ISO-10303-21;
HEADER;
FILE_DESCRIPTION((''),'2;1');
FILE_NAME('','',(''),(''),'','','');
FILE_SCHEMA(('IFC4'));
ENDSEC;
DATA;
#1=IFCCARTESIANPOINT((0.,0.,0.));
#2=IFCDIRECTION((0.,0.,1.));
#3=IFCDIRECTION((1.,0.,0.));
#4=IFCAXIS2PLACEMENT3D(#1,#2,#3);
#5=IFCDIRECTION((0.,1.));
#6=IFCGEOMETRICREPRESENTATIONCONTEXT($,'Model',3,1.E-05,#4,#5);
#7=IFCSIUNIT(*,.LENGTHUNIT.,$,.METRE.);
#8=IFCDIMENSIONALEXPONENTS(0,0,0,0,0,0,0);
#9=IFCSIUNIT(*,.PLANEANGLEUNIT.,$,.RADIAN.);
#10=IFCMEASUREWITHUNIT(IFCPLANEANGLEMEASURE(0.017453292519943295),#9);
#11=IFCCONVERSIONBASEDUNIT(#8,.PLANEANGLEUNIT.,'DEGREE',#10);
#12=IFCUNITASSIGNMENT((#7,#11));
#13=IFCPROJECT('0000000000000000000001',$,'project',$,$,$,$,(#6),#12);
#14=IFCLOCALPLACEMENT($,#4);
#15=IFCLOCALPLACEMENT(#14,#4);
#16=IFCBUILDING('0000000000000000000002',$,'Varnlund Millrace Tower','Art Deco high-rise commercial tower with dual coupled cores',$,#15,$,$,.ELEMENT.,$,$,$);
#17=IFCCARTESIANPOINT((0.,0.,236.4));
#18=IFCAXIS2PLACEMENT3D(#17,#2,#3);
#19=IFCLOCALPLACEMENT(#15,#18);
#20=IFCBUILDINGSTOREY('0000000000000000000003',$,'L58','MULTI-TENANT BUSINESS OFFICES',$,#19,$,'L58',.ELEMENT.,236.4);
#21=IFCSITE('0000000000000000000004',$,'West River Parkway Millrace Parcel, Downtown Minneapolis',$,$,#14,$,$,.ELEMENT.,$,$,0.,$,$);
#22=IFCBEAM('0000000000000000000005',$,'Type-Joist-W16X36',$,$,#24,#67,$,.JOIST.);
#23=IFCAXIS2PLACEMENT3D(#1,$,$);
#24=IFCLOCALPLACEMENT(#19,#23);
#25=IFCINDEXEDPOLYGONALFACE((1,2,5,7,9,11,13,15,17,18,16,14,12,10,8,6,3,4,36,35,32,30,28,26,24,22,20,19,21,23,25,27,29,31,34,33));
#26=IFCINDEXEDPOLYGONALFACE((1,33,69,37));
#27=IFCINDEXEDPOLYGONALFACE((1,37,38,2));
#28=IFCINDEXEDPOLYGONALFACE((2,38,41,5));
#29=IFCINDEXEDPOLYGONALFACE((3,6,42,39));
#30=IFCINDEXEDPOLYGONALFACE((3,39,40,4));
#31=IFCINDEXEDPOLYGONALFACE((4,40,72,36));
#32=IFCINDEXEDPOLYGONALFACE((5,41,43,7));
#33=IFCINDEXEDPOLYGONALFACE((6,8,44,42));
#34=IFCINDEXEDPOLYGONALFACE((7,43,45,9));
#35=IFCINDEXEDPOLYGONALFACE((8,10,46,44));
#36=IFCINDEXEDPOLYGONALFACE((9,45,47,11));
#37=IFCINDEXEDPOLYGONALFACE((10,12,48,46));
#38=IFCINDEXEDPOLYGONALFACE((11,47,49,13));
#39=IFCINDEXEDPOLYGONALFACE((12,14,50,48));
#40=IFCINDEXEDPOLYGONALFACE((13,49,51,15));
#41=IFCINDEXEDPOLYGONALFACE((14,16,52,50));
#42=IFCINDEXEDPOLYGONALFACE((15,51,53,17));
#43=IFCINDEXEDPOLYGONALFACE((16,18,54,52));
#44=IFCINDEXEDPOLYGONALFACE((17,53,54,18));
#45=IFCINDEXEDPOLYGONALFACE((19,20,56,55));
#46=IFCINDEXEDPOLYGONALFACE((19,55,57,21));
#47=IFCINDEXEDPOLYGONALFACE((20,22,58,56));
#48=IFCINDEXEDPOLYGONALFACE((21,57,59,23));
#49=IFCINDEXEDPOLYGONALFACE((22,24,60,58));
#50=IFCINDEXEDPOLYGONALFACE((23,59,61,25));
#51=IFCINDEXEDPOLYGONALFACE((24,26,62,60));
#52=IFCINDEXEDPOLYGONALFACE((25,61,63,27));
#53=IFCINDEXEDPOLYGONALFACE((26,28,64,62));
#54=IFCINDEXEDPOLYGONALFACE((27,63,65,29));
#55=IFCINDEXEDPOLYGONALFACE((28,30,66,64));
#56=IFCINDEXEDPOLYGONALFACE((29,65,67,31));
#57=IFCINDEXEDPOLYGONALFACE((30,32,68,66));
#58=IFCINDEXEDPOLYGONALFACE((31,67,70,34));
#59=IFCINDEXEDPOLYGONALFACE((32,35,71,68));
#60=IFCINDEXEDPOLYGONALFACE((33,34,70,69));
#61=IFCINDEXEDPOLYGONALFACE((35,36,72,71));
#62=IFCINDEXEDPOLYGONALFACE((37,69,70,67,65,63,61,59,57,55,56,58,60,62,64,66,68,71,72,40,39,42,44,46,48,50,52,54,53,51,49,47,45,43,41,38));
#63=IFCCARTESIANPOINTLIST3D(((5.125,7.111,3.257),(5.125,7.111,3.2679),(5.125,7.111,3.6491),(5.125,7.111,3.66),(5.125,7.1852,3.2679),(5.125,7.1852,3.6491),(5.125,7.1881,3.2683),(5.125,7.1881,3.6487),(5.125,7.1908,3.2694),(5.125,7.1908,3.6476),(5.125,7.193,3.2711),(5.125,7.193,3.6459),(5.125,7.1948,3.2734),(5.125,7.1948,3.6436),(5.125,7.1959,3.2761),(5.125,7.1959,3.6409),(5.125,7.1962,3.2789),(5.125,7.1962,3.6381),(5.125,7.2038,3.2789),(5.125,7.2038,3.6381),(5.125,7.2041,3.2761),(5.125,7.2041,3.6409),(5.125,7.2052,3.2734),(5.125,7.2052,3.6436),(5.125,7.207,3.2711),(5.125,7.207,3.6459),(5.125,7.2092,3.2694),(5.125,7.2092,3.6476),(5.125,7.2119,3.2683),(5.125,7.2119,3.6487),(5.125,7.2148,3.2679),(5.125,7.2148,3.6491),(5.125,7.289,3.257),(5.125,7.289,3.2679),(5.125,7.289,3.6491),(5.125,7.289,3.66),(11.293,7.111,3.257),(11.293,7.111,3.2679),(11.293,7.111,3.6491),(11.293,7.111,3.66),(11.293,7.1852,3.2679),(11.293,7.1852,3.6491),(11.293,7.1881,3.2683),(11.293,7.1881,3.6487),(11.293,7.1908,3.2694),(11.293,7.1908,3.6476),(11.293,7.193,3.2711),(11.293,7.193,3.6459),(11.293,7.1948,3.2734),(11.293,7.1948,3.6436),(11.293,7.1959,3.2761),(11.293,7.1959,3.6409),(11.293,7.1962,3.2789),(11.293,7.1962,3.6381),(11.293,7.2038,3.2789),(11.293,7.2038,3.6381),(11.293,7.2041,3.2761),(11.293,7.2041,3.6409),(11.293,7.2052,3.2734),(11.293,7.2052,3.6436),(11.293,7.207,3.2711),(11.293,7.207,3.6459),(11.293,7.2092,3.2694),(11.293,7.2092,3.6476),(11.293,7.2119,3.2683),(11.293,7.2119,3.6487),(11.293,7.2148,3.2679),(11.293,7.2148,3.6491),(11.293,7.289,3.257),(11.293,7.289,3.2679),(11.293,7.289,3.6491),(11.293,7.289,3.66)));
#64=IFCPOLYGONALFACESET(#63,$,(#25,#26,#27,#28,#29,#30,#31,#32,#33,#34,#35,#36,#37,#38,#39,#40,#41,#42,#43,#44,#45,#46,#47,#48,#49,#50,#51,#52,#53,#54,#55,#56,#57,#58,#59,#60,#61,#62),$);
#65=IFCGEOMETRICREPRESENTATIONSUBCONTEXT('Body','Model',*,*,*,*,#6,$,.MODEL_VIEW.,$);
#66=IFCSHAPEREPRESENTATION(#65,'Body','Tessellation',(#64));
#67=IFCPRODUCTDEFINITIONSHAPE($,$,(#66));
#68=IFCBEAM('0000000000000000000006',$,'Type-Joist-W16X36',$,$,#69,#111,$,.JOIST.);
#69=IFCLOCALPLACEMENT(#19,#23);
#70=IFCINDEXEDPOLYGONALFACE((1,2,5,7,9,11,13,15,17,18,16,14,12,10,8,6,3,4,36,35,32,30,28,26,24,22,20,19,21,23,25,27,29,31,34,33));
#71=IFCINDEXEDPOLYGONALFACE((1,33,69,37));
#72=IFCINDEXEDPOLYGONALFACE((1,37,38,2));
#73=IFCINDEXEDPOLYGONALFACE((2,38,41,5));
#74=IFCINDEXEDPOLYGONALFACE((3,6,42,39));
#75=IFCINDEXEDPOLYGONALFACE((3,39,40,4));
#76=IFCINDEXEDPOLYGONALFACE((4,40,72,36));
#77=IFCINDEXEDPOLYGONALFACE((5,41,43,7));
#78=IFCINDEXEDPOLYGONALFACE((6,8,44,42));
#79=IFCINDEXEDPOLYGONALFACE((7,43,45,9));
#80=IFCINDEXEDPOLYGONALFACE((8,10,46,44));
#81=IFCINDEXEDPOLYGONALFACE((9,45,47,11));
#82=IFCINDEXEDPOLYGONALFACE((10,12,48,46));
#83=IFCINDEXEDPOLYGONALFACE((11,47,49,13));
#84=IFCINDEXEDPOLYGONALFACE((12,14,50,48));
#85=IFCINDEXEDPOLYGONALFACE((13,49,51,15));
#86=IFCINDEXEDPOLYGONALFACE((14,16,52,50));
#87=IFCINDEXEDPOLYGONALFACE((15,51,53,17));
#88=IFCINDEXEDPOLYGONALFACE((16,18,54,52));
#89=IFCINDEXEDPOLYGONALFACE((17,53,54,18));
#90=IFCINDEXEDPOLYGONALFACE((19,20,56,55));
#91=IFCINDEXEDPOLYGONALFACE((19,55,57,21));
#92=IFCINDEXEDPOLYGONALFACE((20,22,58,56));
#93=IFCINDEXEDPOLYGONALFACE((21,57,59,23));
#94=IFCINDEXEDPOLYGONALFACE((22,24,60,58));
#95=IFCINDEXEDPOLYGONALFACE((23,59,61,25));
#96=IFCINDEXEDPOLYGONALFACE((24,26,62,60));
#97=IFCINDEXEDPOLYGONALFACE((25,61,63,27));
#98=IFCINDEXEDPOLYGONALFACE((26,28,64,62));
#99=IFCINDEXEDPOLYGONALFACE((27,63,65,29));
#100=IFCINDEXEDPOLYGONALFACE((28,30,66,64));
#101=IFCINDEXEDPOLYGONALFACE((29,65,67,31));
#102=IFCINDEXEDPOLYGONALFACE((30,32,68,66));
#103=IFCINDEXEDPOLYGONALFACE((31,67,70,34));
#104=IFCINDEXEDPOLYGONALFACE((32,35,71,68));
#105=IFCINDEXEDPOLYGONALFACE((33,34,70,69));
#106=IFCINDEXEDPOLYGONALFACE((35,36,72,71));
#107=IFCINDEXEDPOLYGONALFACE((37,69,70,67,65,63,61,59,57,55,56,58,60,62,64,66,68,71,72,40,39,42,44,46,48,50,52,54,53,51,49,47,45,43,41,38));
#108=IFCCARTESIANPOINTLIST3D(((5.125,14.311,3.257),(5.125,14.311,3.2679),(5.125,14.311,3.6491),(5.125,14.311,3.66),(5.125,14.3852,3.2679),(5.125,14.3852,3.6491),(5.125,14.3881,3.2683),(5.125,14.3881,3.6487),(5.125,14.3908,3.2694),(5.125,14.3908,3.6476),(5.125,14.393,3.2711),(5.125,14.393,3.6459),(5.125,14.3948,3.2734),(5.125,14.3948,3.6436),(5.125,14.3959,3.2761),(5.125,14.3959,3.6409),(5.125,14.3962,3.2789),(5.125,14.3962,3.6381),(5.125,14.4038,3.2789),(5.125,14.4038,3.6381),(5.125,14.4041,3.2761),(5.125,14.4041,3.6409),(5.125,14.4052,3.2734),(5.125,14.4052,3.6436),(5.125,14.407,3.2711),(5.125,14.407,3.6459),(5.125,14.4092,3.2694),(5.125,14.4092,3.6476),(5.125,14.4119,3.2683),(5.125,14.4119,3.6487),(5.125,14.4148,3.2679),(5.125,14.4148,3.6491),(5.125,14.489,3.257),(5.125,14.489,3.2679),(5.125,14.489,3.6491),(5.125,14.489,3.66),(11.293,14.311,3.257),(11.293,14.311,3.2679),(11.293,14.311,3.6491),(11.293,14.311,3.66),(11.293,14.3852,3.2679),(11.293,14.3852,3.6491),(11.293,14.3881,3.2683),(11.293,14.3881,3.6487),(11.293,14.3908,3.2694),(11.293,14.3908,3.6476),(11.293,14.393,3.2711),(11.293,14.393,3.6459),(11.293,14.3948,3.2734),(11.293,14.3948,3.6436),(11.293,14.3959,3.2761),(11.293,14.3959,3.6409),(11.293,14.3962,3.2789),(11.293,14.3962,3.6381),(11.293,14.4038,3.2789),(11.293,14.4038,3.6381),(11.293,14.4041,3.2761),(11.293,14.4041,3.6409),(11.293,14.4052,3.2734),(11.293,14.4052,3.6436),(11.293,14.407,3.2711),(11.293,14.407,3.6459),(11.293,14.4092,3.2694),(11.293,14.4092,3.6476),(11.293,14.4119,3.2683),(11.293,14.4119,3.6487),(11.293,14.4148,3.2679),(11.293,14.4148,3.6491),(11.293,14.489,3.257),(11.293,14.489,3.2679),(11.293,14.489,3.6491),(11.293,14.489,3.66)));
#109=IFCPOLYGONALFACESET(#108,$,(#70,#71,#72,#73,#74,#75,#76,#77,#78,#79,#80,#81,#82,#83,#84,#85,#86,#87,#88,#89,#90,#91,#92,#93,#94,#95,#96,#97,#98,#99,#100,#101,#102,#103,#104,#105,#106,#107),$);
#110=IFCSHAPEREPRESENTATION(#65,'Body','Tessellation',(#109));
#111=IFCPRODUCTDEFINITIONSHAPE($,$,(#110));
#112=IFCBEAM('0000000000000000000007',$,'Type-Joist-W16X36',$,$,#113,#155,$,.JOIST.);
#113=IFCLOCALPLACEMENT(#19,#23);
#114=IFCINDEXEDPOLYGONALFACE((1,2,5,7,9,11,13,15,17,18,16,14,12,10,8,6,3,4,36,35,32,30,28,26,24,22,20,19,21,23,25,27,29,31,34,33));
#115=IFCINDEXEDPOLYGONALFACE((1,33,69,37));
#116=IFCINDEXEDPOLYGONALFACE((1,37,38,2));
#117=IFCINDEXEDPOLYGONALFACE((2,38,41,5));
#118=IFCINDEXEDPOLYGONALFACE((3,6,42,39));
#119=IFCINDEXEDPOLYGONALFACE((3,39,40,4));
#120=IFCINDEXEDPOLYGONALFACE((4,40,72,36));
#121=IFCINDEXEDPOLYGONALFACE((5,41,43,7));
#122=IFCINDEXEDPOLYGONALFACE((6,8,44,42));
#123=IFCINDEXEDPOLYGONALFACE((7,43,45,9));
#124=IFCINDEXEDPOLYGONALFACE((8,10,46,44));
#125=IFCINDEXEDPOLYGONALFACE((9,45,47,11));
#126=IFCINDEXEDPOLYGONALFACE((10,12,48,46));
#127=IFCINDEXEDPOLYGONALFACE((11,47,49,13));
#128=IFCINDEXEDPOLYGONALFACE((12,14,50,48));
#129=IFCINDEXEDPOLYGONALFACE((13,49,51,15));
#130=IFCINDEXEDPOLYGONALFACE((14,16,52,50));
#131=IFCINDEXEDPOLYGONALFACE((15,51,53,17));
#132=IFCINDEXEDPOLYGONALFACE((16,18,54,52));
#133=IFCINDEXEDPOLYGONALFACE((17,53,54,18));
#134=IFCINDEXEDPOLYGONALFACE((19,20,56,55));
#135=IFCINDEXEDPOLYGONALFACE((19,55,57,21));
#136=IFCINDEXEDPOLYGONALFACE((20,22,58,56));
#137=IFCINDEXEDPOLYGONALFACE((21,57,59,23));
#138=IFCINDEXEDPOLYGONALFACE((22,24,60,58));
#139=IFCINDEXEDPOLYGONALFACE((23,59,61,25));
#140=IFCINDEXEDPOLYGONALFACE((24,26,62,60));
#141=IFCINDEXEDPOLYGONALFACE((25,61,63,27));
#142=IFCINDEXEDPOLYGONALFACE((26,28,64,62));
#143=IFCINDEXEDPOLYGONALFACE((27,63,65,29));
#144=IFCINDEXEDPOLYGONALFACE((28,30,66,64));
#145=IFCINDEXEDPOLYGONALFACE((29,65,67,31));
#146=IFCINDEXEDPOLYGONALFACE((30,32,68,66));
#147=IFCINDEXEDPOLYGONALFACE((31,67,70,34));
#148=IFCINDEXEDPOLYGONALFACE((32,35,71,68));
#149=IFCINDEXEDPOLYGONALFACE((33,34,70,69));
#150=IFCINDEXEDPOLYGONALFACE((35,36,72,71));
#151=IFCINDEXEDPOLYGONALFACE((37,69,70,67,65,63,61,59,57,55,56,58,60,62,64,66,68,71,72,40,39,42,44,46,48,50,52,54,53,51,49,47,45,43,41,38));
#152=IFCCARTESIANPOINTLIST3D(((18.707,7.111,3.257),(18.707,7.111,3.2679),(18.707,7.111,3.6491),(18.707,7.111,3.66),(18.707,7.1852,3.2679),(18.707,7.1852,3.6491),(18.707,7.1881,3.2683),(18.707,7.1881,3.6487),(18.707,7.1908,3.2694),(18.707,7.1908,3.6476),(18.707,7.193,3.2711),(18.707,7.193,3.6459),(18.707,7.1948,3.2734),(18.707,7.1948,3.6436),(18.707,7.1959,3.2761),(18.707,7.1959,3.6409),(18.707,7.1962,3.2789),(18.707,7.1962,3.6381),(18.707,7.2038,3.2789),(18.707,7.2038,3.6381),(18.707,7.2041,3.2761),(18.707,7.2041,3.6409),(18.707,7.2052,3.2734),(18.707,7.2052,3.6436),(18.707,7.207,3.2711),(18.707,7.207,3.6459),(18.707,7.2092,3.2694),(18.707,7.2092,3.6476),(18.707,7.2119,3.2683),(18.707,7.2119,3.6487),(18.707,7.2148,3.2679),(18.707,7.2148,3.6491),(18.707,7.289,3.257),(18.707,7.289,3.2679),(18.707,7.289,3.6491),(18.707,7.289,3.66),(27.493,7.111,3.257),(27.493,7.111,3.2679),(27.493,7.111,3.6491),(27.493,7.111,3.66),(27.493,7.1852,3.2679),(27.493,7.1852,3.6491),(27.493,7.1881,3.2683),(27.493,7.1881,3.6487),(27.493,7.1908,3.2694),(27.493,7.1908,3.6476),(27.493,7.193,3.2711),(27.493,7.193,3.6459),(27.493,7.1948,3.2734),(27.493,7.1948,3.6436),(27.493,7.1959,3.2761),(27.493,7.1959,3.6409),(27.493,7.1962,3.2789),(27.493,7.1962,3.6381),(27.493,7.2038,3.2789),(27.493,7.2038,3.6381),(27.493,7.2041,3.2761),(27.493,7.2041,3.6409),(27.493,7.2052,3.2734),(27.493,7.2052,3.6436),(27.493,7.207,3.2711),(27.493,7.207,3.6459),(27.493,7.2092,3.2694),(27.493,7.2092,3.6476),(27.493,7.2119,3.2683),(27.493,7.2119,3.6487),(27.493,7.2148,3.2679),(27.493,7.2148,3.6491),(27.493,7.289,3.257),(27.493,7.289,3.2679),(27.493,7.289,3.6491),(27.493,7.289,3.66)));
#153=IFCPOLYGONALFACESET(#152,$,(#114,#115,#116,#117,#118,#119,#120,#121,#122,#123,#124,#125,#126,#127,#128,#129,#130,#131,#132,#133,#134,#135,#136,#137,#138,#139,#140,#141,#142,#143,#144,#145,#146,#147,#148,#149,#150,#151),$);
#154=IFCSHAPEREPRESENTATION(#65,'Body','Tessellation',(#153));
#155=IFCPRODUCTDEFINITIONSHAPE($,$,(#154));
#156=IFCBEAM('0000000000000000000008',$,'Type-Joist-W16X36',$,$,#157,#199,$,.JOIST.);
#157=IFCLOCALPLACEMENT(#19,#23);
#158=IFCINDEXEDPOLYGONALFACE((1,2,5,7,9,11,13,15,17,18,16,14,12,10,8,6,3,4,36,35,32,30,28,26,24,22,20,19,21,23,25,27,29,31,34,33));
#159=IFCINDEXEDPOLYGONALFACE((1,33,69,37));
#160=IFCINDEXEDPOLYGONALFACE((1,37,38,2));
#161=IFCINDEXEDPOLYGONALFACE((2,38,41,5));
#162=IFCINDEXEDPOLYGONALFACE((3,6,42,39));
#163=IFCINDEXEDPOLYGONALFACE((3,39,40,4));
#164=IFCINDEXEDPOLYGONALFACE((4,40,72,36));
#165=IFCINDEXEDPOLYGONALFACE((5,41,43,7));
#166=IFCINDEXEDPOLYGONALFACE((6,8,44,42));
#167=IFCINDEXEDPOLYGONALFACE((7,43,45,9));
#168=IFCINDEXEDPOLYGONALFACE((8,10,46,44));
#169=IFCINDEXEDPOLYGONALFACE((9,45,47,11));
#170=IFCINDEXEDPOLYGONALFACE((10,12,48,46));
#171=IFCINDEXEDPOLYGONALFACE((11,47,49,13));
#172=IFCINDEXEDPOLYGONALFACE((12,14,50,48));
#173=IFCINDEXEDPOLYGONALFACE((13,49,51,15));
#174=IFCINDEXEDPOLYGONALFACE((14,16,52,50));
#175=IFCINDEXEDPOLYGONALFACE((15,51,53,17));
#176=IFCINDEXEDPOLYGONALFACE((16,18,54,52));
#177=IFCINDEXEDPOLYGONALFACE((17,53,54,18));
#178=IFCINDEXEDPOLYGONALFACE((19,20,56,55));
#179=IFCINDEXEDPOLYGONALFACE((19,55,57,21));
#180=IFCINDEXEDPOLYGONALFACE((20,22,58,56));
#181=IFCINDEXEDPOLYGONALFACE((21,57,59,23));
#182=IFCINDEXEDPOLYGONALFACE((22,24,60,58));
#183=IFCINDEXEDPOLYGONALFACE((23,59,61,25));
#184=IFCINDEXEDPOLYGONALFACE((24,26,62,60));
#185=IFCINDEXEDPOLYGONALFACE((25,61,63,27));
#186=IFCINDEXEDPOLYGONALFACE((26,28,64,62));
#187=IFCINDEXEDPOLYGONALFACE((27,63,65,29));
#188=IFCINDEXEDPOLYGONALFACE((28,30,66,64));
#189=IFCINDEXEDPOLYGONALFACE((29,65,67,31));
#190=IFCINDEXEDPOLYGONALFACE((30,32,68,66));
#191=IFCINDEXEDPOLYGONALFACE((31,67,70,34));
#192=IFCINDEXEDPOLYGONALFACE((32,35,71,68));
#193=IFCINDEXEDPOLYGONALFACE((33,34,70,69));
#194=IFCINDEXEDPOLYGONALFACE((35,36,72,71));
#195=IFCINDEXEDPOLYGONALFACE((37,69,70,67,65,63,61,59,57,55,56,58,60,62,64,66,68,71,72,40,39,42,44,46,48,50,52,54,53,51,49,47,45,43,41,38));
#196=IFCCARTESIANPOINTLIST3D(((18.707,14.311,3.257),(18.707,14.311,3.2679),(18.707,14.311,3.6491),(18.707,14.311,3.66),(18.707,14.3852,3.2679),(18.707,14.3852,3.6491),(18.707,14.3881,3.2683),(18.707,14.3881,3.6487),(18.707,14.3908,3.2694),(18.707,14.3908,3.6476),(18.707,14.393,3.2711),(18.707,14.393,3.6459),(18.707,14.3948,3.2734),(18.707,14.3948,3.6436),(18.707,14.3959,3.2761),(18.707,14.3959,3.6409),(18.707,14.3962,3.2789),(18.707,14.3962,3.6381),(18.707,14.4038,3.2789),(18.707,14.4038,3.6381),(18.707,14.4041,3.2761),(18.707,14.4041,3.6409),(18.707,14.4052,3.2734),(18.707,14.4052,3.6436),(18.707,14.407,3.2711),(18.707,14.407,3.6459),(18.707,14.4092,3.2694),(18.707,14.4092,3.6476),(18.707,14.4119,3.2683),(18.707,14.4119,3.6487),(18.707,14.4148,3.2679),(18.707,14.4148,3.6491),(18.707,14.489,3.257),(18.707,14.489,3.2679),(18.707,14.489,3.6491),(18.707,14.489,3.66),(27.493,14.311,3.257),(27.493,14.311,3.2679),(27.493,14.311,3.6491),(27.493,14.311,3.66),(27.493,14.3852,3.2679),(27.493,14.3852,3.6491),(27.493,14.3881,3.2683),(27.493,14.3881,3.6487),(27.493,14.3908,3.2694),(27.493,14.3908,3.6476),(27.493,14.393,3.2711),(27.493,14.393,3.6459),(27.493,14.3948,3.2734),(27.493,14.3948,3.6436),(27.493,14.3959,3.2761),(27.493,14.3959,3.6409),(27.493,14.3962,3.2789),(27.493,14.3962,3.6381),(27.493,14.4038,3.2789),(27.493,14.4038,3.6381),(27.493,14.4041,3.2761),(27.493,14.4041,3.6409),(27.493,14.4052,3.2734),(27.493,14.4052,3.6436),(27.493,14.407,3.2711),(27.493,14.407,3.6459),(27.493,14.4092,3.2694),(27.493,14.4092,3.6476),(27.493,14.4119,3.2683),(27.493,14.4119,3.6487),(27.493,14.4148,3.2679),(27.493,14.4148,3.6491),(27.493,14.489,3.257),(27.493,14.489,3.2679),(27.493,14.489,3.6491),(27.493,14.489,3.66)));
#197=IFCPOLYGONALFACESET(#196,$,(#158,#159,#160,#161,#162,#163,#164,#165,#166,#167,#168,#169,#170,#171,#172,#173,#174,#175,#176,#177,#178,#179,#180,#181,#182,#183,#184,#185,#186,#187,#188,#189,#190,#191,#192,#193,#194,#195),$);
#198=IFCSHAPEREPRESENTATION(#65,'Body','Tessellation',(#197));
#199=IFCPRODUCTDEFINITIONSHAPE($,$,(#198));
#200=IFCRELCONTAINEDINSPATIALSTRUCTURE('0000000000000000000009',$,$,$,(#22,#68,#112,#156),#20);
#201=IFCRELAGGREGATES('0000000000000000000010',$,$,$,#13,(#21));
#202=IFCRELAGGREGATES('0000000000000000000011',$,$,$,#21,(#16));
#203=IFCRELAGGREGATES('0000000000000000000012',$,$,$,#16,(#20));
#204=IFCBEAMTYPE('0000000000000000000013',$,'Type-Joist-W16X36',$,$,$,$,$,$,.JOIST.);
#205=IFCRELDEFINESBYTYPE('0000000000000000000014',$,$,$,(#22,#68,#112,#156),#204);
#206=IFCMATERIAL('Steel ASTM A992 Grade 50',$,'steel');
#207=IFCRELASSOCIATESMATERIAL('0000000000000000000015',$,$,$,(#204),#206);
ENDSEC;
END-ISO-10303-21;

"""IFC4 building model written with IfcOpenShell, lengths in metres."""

from ifc_helpers import new_model, entity, si_unit, converted_unit, direction, frame, origin_with_axes, origin_2d_with_axis, place, context, subcontext, project, spatial, i_section, extrude, material, material_profile, profile_set, type_object, element, save


model = new_model("IFC4")

# Units and contexts
model_context = context("Model", 3, precision=1e-05, world=origin_with_axes(), true_north=direction((0.0, 1.0)))
body_context = subcontext(model_context, "Body", "Model", "MODEL_VIEW")
ifc_project = project(units=[si_unit("LENGTHUNIT", "METRE"), converted_unit("PLANEANGLEUNIT", "DEGREE", entity("IfcPlaneAngleMeasure", 0.017453292519943295), si_unit("PLANEANGLEUNIT", "RADIAN"), dimensions=[0, 0, 0, 0, 0, 0, 0])], contexts=[model_context])

# Site, building, storey
site_placement = place(None, origin_with_axes())
site = spatial("IfcSite", under=ifc_project, at=site_placement, Name="West River Parkway Millrace Parcel, Downtown Minneapolis", CompositionType="ELEMENT", RefElevation=0.0)
building_placement = place(site_placement, origin_with_axes())
building = spatial("IfcBuilding", under=site, at=building_placement, Name="Varnlund Millrace Tower", Description="Art Deco high-rise commercial tower with dual coupled cores", CompositionType="ELEMENT")
storey_placement = place(building_placement, frame((0.0, 0.0, 236.4), z_axis=(0.0, 0.0, 1.0), x_axis=(1.0, 0.0, 0.0)))
storey = spatial("IfcBuildingStorey", under=building, at=storey_placement, Name="L58", Description="MULTI-TENANT BUSINESS OFFICES", LongName="L58", CompositionType="ELEMENT", Elevation=236.4)

# Beams
ifc_material_1 = material(Name="Steel ASTM A992 Grade 50", Category="steel")
ifc_material_profile_1 = material_profile(ifc_material_1, i_section(OverallWidth=0.178, OverallDepth=0.403, WebThickness=0.0075, FlangeThickness=0.0109, FilletRadius=0.011, at=origin_2d_with_axis()), Name="Steel ASTM A992 Grade 50")
ifc_profile_set_1 = profile_set([ifc_material_profile_1], Name="Steel ASTM A992 Grade 50")
beam_type_1 = type_object("IfcBeamType", Name="Type-Joist-W16X36", PredefinedType="JOIST", material=ifc_profile_set_1)
for number, where, z_axis, x_axis, name in (
    (1, (5.125, 7.2, 3.4585), (1.0, 0.0, 0.0), (0.0, 1.0, 0.0), "Type-Joist-W16X36"),
    (2, (5.125, 14.4, 3.4585), (1.0, 0.0, 0.0), (0.0, 1.0, 0.0), "Type-Joist-W16X36"),
):
    element("IfcBeam", number, at=place(storey_placement, frame(where, z_axis=z_axis, x_axis=x_axis)), inside=storey, type_object=beam_type_1, Name=name, PredefinedType="JOIST", context=body_context, shape_type="SweptSolid", body=[
        extrude(i_section(OverallWidth=0.178, OverallDepth=0.403, WebThickness=0.0075, FlangeThickness=0.0109, FilletRadius=0.011, at=origin_2d_with_axis()), origin_with_axes(), (0.0, 0.0, 1.0), 6.168),
    ])
for number, where, z_axis, x_axis, name in (
    (3, (18.707, 7.2, 3.4585), (1.0, 0.0, 0.0), (0.0, 1.0, 0.0), "Type-Joist-W16X36"),
    (4, (18.707, 14.4, 3.4585), (1.0, 0.0, 0.0), (0.0, 1.0, 0.0), "Type-Joist-W16X36"),
):
    element("IfcBeam", number, at=place(storey_placement, frame(where, z_axis=z_axis, x_axis=x_axis)), inside=storey, type_object=beam_type_1, Name=name, PredefinedType="JOIST", context=body_context, shape_type="SweptSolid", body=[
        extrude(i_section(OverallWidth=0.178, OverallDepth=0.403, WebThickness=0.0075, FlangeThickness=0.0109, FilletRadius=0.011, at=origin_2d_with_axis()), origin_with_axes(), (0.0, 0.0, 1.0), 8.786),
    ])

save(model, "model.ifc")
